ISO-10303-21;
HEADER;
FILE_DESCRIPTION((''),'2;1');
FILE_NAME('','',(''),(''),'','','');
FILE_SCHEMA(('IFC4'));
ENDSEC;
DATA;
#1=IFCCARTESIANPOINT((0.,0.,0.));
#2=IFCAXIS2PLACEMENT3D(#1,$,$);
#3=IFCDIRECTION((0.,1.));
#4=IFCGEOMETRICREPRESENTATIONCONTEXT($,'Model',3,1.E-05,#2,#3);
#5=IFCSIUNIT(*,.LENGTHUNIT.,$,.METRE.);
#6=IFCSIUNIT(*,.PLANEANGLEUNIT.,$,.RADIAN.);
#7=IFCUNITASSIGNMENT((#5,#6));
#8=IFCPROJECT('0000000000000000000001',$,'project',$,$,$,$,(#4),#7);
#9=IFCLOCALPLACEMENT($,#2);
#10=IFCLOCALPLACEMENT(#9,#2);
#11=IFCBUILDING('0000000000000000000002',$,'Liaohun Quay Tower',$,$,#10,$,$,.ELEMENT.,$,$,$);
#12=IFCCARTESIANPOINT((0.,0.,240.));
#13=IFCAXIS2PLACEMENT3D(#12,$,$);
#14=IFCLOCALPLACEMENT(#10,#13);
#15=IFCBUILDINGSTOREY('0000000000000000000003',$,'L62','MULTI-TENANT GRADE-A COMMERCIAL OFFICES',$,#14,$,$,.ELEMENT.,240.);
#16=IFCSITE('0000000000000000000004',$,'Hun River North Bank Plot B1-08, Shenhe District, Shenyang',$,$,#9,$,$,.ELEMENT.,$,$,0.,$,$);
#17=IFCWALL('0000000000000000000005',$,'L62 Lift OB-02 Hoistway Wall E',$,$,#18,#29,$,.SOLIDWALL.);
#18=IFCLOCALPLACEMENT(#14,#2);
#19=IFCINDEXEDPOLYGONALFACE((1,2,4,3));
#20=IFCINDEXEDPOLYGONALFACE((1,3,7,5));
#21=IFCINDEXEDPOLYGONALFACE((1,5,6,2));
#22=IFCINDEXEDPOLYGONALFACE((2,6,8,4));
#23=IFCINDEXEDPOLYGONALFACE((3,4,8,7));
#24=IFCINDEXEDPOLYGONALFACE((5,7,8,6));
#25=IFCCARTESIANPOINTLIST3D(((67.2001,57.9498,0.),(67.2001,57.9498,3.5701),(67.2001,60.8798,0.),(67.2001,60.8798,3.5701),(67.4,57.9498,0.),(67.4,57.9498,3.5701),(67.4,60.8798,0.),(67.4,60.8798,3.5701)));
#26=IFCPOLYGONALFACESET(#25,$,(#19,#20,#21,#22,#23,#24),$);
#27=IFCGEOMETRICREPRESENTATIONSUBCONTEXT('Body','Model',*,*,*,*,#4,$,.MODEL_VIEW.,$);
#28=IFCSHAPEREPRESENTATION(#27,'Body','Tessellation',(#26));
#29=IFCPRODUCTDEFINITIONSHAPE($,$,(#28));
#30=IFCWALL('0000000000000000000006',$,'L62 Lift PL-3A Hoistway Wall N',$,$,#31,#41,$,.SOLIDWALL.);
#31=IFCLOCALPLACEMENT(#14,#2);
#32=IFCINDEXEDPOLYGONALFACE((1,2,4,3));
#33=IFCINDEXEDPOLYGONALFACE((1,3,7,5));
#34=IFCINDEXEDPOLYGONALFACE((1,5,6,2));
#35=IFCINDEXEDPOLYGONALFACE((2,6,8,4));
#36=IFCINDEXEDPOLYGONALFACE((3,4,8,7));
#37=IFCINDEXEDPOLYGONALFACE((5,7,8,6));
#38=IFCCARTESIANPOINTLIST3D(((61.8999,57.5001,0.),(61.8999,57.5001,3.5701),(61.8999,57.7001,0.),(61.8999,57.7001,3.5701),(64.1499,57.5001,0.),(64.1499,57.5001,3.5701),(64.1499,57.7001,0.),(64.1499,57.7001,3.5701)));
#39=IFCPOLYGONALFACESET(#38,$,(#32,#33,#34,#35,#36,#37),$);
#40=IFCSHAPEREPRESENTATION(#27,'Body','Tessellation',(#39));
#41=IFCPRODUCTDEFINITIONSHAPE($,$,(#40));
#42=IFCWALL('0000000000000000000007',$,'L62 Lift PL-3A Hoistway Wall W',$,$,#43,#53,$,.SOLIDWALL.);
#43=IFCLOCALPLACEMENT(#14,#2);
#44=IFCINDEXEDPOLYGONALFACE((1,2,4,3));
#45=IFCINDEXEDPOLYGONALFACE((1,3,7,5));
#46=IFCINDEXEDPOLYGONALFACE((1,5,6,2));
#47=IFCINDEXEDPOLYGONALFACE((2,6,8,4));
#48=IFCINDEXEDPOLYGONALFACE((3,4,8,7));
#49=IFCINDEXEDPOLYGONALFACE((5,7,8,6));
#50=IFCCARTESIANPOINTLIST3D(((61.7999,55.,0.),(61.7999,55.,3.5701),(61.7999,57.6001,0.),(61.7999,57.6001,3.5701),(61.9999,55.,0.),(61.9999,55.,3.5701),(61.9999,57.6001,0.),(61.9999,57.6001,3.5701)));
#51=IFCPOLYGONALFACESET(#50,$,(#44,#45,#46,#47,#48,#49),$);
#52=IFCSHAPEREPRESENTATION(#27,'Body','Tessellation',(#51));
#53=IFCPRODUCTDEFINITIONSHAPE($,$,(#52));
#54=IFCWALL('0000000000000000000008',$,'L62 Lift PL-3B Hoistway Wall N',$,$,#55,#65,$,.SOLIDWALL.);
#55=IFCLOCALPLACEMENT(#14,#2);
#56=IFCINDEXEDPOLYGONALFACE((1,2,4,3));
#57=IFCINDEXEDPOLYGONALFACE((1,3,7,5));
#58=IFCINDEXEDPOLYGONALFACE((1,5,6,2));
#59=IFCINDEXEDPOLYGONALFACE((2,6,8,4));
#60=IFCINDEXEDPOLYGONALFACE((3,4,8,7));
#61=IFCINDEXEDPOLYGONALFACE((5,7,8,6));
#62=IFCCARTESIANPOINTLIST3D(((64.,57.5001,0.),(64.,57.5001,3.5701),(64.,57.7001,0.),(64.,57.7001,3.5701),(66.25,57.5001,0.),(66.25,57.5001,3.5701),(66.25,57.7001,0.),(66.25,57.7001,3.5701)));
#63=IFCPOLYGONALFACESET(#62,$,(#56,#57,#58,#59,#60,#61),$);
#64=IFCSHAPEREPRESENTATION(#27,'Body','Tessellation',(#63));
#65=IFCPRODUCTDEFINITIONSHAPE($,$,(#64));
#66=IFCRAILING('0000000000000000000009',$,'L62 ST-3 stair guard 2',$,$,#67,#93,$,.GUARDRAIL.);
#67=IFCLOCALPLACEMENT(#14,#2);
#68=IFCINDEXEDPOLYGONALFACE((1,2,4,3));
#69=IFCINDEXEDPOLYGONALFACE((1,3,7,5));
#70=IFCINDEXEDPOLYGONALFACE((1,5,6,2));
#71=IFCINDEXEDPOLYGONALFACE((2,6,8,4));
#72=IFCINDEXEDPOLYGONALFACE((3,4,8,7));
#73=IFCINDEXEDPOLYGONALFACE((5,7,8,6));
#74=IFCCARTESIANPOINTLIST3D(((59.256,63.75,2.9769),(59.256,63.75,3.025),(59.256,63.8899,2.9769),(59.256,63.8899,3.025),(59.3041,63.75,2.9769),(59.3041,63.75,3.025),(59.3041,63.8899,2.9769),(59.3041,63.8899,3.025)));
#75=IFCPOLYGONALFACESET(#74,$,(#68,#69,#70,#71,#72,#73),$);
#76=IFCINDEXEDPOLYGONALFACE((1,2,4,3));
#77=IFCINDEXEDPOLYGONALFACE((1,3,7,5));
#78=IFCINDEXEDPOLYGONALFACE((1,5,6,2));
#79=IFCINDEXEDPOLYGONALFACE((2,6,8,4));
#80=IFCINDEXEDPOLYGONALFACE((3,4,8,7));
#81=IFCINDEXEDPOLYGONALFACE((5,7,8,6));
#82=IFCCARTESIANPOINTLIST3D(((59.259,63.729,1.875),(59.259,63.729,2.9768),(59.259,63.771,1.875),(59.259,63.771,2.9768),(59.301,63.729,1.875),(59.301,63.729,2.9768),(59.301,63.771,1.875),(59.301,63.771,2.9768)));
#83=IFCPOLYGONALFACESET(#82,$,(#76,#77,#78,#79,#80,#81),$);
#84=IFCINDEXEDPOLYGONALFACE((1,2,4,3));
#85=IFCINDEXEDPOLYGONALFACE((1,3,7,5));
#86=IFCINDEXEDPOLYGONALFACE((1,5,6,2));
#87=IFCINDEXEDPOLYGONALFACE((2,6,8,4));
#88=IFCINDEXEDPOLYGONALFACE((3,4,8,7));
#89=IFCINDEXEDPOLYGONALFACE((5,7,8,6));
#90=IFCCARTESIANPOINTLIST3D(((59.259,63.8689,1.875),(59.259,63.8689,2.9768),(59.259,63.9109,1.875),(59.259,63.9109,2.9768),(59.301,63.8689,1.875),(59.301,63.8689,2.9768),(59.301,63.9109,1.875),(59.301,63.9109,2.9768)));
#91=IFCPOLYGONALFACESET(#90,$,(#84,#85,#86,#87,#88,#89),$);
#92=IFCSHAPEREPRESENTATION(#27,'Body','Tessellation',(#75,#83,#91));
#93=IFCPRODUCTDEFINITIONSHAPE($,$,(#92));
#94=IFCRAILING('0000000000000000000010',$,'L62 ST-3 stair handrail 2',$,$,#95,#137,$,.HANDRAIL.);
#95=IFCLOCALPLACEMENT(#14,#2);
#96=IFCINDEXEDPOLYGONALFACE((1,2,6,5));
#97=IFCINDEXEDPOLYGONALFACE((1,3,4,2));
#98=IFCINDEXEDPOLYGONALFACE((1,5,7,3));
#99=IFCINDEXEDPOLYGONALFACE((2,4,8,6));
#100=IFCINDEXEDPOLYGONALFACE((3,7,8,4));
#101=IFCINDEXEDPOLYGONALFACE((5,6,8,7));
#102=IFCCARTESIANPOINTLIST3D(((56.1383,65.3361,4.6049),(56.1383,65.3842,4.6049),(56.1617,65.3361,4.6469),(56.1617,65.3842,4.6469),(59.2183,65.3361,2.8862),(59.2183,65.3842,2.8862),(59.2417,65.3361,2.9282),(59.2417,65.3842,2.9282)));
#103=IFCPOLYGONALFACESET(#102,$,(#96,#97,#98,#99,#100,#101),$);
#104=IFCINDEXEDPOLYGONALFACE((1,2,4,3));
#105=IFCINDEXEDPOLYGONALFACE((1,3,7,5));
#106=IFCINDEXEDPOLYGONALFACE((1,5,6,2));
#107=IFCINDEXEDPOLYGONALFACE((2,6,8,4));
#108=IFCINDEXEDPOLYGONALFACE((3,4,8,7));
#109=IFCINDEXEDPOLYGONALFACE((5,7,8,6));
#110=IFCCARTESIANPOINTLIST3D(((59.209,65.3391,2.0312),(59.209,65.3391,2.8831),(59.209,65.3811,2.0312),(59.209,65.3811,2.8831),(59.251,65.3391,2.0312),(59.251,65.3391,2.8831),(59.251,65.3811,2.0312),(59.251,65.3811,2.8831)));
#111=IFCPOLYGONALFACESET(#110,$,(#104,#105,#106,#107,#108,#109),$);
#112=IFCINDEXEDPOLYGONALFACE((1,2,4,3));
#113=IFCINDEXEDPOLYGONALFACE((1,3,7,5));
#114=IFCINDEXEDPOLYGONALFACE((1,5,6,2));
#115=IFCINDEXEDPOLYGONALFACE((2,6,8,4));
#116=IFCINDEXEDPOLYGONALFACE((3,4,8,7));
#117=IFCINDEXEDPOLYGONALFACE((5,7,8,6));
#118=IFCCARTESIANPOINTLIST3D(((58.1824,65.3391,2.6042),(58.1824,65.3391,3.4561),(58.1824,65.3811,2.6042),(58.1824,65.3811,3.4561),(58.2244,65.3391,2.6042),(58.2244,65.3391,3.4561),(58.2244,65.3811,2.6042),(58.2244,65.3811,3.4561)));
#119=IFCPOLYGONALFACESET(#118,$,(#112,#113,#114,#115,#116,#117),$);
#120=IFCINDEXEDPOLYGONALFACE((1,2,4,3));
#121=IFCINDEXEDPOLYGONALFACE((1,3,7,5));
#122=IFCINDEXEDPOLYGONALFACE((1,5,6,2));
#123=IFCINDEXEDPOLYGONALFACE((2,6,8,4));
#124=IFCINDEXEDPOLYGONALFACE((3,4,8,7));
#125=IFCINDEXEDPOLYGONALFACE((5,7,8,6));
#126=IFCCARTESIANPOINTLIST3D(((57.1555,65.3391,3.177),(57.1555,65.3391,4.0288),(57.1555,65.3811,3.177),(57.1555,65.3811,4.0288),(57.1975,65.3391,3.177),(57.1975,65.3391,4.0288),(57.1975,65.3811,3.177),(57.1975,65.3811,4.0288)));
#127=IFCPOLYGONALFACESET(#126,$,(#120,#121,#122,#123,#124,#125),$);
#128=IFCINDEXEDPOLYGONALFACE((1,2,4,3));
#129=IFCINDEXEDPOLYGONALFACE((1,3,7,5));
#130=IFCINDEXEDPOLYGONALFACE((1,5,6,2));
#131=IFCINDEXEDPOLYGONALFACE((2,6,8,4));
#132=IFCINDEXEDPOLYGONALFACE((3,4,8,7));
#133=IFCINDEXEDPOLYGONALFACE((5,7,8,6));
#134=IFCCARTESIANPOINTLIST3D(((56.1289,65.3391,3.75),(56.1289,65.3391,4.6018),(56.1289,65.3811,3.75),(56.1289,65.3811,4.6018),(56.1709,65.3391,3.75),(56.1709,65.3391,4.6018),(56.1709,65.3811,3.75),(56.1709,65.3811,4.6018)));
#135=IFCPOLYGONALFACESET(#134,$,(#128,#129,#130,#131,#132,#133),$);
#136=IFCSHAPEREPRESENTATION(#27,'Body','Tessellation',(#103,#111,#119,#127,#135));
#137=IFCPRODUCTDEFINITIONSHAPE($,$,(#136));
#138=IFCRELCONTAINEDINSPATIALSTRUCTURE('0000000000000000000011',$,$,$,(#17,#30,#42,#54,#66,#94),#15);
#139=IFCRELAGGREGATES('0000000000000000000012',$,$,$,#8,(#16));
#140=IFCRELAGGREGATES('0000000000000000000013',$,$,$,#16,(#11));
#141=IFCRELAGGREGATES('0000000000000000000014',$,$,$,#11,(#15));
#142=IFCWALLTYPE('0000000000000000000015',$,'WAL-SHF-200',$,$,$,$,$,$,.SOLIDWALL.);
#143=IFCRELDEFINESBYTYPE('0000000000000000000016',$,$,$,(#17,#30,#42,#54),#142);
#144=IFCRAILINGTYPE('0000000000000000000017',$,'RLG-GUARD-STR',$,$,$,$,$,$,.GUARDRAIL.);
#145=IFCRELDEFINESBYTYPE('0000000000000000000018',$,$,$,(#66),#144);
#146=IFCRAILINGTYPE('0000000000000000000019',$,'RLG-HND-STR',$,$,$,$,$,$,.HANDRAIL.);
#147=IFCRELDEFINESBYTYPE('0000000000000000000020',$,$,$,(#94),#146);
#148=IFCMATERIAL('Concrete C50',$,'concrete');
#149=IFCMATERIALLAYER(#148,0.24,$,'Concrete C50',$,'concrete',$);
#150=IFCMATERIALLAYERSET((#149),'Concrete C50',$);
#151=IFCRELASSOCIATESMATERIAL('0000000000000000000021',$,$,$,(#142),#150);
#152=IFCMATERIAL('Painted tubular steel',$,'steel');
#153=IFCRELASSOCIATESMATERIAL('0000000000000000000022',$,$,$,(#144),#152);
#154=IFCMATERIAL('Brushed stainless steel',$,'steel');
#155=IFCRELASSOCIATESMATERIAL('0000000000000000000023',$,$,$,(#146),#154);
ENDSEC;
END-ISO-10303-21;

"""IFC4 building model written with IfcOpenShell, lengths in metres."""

from ifc_helpers import new_model, si_unit, direction, frame, frame_2d, origin, origin_2d, place, context, subcontext, project, spatial, rectangle, extrude, material, layer, layer_set, type_object, element, save


model = new_model("IFC4")

# Units and contexts
model_context = context("Model", 3, precision=1e-05, world=origin(), true_north=direction((0.0, 1.0)))
body_context = subcontext(model_context, "Body", "Model", "MODEL_VIEW")
ifc_project = project(units=[si_unit("LENGTHUNIT", "METRE"), si_unit("PLANEANGLEUNIT", "RADIAN")], contexts=[model_context])

# Site, building, storey
site_placement = place(None, origin())
site = spatial("IfcSite", under=ifc_project, at=site_placement, Name="Hun River North Bank Plot B1-08, Shenhe District, Shenyang", CompositionType="ELEMENT", RefElevation=0.0)
building_placement = place(site_placement, origin())
building = spatial("IfcBuilding", under=site, at=building_placement, Name="Liaohun Quay Tower", CompositionType="ELEMENT")
storey_placement = place(building_placement, frame((0.0, 0.0, 240.0)))
storey = spatial("IfcBuildingStorey", under=building, at=storey_placement, Name="L62", Description="MULTI-TENANT GRADE-A COMMERCIAL OFFICES", CompositionType="ELEMENT", Elevation=240.0)

# Shared definitions
ifc_material_1 = material(Name="Concrete C50", Category="concrete")
ifc_layer_1 = layer(ifc_material_1, 0.24, Name="Concrete C50", Category="concrete")
ifc_layer_set_1 = layer_set([ifc_layer_1], Name="Concrete C50")
wall_type_1 = type_object("IfcWallType", Name="WAL-SHF-200", PredefinedType="SOLIDWALL", material=ifc_layer_set_1)

# Walls
wall_1_placement = place(storey_placement, frame((67.3, 57.95, 0.0), z_axis=(0.0, 0.0, 1.0), x_axis=(0.0, 1.0, 0.0)))
element("IfcWall", 1, at=wall_1_placement, inside=storey, type_object=wall_type_1, Name="L62 Lift OB-02 Hoistway Wall E", PredefinedType="SOLIDWALL", context=body_context, shape_type="SweptSolid", body=[
    extrude(rectangle(XDim=2.9299, YDim=0.2, at=frame_2d((1.4648, 0.0))), origin(), (0.0, 0.0, 1.0), 3.5701),
])
wall_2_placement = place(storey_placement, frame((64.1499, 57.6001, 0.0), z_axis=(0.0, 0.0, 1.0), x_axis=(-1.0, 0.0, 0.0)))
element("IfcWall", 2, at=wall_2_placement, inside=storey, type_object=wall_type_1, Name="L62 Lift PL-3A Hoistway Wall N", PredefinedType="SOLIDWALL", context=body_context, shape_type="SweptSolid", body=[
    extrude(rectangle(XDim=2.25, YDim=0.2, at=frame_2d((1.125, 0.0))), origin(), (0.0, 0.0, 1.0), 3.5701),
])
wall_3_placement = place(storey_placement, frame((61.8999, 57.6001, 0.0), z_axis=(0.0, 0.0, 1.0), x_axis=(0.0, -1.0, 0.0)))
element("IfcWall", 3, at=wall_3_placement, inside=storey, type_object=wall_type_1, Name="L62 Lift PL-3A Hoistway Wall W", PredefinedType="SOLIDWALL", context=body_context, shape_type="SweptSolid", body=[
    extrude(rectangle(XDim=2.6001, YDim=0.2, at=frame_2d((1.3, 0.0))), origin(), (0.0, 0.0, 1.0), 3.5701),
])
wall_4_placement = place(storey_placement, frame((66.25, 57.6001, 0.0), z_axis=(0.0, 0.0, 1.0), x_axis=(-1.0, 0.0, 0.0)))
element("IfcWall", 4, at=wall_4_placement, inside=storey, type_object=wall_type_1, Name="L62 Lift PL-3B Hoistway Wall N", PredefinedType="SOLIDWALL", context=body_context, shape_type="SweptSolid", body=[
    extrude(rectangle(XDim=2.25, YDim=0.2, at=frame_2d((1.125, 0.0))), origin(), (0.0, 0.0, 1.0), 3.5701),
])

# Railings
ifc_material_2 = material(Name="Painted tubular steel", Category="steel")
railing_type_1 = type_object("IfcRailingType", Name="RLG-GUARD-STR", PredefinedType="GUARDRAIL", material=ifc_material_2)
railing_1_placement = place(storey_placement, frame((59.28, 63.75, 1.875)))
element("IfcRailing", 5, at=railing_1_placement, inside=storey, type_object=railing_type_1, Name="L62 ST-3 stair guard 2", PredefinedType="GUARDRAIL", context=body_context, shape_type="SweptSolid", body=[
    extrude(rectangle(XDim=0.0481, YDim=0.0481, at=origin_2d()), frame((0.0, 0.0, 1.126), z_axis=(0.0, 1.0, 0.0), x_axis=(-1.0, 0.0, 0.0)), (0.0, 0.0, 1.0), 0.1399),
    extrude(rectangle(XDim=0.042, YDim=0.042, at=origin_2d()), origin(), (0.0, 0.0, 1.0), 1.1018),
    extrude(rectangle(XDim=0.042, YDim=0.042, at=origin_2d()), frame((0.0, 0.1399, 0.0)), (0.0, 0.0, 1.0), 1.1018),
])
ifc_material_3 = material(Name="Brushed stainless steel", Category="steel")
railing_type_2 = type_object("IfcRailingType", Name="RLG-HND-STR", PredefinedType="HANDRAIL", material=ifc_material_3)
railing_2_placement = place(storey_placement, frame((59.23, 65.3601, 2.0312)))
element("IfcRailing", 6, at=railing_2_placement, inside=storey, type_object=railing_type_2, Name="L62 ST-3 stair handrail 2", PredefinedType="HANDRAIL", context=body_context, shape_type="SweptSolid", body=[
    extrude(rectangle(XDim=0.0481, YDim=0.0481, at=origin_2d()), frame((0.0, 0.0, 0.876), z_axis=(-0.873242, 0.0, 0.487288), x_axis=(0.0, -1.0, 0.0)), (0.0, 0.0, 1.0), 3.5271),
    extrude(rectangle(XDim=0.042, YDim=0.042, at=origin_2d()), origin(), (0.0, 0.0, 1.0), 0.8518),
    extrude(rectangle(XDim=0.042, YDim=0.042, at=origin_2d()), frame((-1.0266, 0.0, 0.573)), (0.0, 0.0, 1.0), 0.8518),
    extrude(rectangle(XDim=0.042, YDim=0.042, at=origin_2d()), frame((-2.0535, 0.0, 1.1458)), (0.0, 0.0, 1.0), 0.8518),
    extrude(rectangle(XDim=0.042, YDim=0.042, at=origin_2d()), frame((-3.0801, 0.0, 1.7188)), (0.0, 0.0, 1.0), 0.8518),
])

save(model, "model.ifc")
